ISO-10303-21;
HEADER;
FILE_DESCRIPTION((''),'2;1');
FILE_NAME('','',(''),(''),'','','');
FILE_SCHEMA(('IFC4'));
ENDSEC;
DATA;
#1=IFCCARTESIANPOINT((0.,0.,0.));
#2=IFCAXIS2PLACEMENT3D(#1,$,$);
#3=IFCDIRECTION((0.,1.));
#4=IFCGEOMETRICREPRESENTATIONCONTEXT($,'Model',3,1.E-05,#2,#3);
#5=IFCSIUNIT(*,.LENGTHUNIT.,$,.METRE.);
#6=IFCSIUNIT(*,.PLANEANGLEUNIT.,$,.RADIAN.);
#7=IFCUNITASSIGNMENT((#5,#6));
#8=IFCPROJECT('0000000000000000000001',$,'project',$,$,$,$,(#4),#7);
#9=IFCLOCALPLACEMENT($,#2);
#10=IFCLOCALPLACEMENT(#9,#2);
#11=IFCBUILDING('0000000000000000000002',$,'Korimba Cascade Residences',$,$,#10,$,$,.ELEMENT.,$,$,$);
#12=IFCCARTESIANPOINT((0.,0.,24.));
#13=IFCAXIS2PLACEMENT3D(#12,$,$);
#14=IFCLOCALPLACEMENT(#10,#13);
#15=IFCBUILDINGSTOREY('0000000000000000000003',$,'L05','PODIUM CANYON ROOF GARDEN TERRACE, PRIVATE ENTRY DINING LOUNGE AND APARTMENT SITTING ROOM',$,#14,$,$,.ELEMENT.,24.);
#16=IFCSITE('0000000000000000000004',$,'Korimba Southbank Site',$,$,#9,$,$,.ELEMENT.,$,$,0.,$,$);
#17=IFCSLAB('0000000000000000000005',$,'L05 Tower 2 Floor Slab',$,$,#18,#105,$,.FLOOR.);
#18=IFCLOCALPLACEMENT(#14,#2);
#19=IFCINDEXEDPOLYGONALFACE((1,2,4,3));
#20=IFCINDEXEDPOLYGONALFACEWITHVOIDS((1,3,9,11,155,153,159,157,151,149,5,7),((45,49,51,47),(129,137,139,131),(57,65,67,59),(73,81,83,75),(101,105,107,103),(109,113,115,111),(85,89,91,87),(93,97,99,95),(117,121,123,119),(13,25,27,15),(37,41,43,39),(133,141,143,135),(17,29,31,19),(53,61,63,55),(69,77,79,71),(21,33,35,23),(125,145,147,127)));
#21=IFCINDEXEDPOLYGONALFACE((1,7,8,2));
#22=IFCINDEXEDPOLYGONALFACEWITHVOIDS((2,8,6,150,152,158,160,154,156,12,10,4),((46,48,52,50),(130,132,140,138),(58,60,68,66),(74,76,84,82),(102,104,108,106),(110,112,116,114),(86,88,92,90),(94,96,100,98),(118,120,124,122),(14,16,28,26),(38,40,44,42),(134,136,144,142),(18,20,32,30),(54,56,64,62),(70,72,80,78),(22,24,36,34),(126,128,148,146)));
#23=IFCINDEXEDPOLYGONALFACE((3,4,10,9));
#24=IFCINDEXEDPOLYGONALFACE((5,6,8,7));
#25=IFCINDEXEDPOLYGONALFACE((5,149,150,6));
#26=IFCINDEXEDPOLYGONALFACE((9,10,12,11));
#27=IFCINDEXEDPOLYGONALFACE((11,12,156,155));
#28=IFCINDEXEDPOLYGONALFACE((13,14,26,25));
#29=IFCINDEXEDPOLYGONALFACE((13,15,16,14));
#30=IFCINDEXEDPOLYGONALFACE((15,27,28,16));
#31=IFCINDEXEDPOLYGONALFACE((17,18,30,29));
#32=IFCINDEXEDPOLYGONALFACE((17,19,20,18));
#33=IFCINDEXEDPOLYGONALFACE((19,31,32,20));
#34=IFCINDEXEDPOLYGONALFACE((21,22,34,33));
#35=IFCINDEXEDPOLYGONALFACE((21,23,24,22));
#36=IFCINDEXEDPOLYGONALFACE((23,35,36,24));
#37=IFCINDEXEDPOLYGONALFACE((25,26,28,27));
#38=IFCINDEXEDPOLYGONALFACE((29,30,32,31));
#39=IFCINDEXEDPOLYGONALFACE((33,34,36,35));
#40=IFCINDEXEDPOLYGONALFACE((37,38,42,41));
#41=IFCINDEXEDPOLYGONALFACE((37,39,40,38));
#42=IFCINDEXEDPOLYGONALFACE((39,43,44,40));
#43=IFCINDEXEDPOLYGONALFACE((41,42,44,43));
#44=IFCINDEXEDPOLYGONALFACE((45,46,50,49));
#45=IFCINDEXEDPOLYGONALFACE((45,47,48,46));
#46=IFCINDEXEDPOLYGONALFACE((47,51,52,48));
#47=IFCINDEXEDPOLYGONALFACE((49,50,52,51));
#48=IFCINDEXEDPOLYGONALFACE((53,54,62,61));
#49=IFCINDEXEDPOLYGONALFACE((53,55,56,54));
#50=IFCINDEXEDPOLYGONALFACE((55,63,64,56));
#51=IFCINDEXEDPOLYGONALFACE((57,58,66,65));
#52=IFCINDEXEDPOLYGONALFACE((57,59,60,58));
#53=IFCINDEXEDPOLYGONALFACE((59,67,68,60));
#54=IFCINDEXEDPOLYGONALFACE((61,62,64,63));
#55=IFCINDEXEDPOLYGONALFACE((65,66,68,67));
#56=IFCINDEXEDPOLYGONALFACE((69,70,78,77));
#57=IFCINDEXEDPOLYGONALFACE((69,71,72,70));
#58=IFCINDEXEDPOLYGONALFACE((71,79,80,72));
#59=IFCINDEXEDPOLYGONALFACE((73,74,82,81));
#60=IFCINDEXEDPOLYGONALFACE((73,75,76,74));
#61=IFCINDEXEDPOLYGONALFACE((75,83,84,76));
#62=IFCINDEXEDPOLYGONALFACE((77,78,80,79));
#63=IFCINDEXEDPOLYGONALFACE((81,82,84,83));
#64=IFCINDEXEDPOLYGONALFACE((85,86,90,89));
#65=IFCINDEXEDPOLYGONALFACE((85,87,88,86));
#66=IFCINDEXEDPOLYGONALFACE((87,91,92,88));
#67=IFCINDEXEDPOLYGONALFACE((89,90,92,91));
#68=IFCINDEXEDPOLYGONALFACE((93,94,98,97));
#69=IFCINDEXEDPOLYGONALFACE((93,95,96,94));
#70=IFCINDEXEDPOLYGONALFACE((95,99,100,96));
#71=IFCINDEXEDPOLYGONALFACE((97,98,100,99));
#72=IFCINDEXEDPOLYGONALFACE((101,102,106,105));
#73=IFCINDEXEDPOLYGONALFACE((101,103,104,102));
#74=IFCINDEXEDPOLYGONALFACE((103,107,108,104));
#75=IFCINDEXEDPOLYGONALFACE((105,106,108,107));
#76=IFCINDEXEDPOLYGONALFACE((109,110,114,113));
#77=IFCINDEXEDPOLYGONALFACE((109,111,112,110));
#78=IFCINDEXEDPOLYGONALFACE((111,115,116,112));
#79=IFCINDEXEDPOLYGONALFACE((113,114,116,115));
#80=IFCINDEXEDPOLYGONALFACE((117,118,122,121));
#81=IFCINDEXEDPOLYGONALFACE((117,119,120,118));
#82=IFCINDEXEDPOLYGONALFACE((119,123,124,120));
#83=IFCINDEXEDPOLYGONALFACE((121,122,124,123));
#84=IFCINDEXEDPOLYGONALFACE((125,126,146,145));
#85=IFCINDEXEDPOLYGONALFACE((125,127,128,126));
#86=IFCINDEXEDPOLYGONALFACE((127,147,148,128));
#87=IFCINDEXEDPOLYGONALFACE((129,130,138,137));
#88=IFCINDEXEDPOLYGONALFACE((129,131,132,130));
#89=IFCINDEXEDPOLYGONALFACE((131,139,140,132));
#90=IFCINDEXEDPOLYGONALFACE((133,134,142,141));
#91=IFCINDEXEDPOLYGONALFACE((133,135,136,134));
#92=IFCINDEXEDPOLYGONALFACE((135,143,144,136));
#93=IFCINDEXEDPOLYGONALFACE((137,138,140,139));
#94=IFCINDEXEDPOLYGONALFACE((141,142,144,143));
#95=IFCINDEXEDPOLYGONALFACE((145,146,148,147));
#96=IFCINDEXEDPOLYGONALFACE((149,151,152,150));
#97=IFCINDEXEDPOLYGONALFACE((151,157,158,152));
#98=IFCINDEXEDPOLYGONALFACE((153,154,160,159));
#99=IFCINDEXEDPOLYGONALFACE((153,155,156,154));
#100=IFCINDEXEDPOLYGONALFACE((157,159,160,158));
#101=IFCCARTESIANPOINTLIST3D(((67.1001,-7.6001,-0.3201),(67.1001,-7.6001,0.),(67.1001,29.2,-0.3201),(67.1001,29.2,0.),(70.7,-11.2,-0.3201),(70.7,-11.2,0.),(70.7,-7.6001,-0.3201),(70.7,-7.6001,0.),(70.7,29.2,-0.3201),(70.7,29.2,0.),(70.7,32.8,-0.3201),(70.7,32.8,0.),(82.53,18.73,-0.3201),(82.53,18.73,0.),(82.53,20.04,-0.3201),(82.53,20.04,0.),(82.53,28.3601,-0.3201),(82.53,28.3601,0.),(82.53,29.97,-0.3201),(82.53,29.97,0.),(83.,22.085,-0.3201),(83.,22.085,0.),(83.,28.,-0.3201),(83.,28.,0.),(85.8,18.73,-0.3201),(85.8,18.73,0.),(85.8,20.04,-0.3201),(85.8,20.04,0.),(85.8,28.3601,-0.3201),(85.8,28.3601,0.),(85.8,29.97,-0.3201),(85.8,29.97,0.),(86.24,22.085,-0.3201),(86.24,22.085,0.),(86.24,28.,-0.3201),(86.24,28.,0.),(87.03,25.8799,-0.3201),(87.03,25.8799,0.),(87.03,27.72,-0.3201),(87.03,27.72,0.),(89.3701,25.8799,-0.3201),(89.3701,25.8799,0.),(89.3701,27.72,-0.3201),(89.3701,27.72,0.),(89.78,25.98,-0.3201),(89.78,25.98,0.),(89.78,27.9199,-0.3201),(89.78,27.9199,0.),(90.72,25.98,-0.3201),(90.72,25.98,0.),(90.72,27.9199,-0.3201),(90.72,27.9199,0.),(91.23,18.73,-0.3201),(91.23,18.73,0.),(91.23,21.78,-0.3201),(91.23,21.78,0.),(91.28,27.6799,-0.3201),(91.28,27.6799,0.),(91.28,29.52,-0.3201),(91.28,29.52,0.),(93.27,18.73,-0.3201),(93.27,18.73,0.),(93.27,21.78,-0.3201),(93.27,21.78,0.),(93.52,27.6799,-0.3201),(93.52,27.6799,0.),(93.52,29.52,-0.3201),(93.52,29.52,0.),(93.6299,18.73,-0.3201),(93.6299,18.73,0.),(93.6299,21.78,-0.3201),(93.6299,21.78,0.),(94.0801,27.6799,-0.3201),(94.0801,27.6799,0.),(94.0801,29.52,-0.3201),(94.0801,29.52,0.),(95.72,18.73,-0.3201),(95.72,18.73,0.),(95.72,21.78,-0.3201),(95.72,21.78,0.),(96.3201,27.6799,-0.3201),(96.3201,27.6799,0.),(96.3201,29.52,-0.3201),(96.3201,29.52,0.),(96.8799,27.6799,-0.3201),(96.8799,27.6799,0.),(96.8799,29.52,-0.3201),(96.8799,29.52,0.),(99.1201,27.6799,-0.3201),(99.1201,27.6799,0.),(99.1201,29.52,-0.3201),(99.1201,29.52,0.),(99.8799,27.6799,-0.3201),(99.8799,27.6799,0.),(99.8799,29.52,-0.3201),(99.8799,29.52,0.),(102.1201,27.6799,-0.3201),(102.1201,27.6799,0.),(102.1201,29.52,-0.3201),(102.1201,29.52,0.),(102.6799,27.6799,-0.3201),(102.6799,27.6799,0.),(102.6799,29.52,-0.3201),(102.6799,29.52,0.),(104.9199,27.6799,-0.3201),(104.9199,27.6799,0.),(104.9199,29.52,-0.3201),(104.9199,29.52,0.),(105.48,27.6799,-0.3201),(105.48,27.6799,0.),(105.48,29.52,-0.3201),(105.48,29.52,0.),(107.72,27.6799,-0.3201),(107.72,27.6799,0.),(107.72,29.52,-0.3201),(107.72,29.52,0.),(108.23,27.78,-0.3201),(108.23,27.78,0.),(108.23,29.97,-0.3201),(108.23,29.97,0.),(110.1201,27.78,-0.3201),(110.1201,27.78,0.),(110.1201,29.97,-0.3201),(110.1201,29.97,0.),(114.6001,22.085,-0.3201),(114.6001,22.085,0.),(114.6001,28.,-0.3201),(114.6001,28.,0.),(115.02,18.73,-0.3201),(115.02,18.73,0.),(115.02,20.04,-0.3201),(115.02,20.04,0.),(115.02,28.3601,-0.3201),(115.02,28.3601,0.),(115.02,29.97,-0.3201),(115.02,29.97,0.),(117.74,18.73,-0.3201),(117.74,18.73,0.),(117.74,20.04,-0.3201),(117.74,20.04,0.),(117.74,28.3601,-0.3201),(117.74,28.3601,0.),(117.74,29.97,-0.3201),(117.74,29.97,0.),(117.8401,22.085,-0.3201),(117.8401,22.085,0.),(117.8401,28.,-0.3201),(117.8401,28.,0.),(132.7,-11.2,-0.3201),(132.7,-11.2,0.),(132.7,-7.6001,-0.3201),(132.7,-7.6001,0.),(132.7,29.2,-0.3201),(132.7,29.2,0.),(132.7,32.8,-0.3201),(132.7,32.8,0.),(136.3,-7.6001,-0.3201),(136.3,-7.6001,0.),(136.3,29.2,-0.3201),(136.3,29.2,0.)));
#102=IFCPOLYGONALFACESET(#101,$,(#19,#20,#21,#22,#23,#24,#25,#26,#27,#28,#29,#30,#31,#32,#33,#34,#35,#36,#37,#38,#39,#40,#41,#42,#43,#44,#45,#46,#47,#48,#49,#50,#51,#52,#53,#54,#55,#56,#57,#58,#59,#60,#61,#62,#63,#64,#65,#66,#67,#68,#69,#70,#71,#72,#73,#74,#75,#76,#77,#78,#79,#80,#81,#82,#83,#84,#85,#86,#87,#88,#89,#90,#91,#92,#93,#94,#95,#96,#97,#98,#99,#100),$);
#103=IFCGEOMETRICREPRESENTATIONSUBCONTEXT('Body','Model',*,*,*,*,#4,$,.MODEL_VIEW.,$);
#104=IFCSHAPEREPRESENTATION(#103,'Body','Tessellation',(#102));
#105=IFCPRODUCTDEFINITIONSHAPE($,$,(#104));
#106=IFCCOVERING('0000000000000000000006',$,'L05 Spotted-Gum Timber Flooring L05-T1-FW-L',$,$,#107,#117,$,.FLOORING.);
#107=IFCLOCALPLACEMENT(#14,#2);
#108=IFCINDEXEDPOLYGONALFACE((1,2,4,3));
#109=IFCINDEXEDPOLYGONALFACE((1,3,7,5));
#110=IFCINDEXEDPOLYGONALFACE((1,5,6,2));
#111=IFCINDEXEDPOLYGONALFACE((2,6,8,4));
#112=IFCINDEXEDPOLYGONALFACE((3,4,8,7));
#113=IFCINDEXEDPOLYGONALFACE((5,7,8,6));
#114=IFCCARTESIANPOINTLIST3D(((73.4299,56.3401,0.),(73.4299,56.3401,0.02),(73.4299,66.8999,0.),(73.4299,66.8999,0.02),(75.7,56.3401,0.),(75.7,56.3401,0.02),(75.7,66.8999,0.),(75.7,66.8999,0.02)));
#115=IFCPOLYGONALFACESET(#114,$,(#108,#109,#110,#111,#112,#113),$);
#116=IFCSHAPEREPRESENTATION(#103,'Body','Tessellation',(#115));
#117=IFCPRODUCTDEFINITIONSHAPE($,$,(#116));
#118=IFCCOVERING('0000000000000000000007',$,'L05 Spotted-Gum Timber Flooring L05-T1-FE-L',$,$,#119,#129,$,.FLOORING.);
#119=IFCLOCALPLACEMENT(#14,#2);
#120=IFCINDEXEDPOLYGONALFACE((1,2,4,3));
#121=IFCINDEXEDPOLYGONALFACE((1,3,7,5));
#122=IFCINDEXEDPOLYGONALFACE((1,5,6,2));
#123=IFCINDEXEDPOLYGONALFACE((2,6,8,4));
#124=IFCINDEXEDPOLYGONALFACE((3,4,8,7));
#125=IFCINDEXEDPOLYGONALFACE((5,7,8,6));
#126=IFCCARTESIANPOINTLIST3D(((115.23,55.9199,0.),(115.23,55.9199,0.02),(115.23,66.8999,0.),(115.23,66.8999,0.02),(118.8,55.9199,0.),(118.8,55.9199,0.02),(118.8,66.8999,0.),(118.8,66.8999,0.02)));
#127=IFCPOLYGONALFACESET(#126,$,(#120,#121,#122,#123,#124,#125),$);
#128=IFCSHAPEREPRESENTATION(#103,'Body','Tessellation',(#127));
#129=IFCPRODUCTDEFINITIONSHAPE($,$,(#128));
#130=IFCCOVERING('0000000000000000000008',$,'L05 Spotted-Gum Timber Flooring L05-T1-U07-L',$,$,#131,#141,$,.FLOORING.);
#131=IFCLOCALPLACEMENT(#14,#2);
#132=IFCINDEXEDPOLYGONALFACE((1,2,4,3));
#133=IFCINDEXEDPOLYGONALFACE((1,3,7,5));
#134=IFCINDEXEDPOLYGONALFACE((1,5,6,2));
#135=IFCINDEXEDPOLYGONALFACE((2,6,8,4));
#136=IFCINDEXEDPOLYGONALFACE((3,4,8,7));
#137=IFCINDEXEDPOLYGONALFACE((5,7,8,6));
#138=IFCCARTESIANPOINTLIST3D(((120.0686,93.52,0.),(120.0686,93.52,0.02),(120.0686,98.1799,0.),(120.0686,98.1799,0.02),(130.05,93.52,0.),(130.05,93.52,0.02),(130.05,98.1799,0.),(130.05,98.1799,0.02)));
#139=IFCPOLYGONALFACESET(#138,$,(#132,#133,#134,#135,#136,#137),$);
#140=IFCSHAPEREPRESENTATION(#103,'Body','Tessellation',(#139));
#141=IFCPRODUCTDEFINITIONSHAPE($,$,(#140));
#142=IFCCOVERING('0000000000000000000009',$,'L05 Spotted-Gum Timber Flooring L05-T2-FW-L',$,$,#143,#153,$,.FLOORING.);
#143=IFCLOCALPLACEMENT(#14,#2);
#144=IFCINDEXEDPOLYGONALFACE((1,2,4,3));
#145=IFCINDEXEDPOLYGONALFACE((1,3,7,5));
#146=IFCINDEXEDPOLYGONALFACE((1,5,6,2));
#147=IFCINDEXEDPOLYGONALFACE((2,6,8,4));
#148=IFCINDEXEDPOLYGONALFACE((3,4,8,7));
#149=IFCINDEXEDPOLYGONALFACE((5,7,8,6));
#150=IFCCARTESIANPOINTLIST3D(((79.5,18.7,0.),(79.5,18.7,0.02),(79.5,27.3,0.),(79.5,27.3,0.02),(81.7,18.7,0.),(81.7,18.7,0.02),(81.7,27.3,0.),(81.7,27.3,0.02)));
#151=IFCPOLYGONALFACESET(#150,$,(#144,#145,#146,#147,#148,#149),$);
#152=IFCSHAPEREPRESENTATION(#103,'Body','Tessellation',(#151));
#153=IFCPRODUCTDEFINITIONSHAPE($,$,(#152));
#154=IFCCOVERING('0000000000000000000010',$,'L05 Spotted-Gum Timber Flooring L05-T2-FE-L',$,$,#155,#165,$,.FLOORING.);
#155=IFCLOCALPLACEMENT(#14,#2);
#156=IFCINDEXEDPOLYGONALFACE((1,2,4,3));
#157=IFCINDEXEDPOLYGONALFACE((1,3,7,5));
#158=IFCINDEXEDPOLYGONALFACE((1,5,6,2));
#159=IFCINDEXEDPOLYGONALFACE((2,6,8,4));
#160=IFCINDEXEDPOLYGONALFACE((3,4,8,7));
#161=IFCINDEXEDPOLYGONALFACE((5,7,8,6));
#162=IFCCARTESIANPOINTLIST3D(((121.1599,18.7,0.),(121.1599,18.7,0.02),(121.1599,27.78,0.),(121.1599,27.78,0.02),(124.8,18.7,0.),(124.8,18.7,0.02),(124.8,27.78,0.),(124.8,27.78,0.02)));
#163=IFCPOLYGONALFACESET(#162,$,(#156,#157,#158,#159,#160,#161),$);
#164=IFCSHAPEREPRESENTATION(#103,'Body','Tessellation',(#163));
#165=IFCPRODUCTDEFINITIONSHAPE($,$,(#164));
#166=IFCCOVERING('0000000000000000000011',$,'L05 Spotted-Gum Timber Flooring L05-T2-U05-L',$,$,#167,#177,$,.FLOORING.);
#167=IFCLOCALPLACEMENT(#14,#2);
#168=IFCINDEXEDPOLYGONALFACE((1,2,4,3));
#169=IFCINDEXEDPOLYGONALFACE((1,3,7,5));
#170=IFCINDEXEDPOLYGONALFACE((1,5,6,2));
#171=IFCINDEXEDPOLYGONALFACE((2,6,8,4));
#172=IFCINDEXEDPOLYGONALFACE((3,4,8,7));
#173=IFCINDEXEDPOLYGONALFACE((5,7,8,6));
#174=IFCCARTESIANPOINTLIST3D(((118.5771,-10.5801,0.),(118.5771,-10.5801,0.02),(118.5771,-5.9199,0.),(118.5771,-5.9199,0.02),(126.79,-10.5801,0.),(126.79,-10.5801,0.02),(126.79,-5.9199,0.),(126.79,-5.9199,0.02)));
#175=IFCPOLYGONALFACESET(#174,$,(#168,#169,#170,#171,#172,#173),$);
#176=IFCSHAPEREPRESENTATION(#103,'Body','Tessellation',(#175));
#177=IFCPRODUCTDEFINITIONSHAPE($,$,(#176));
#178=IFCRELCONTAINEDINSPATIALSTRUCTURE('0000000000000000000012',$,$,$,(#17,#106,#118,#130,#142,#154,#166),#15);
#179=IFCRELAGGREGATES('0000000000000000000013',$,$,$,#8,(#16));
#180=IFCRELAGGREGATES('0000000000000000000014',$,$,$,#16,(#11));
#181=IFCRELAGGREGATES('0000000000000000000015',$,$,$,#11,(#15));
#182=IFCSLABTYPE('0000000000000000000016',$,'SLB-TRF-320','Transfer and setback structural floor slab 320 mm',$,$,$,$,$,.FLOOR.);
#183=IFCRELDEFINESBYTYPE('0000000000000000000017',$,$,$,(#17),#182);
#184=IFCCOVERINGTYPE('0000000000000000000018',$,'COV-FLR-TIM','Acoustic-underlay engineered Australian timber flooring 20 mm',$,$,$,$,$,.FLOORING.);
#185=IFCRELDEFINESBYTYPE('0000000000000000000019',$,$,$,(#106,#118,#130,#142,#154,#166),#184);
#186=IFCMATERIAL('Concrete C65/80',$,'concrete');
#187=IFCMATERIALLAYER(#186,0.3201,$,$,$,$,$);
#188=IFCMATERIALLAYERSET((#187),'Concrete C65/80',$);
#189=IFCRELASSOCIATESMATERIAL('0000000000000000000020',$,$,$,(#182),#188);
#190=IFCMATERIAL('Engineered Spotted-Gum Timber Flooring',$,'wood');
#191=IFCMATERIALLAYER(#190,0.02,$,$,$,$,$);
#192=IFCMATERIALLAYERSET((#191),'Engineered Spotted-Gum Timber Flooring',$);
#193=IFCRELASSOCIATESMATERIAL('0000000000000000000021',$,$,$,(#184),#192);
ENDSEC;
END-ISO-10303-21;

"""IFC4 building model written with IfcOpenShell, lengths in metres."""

from ifc_helpers import new_model, si_unit, direction, frame, origin, place, context, subcontext, project, spatial, polyline, outline, extrude, material, layer, layer_set, type_object, element, save


model = new_model("IFC4")

# Units and contexts
model_context = context("Model", 3, precision=1e-05, world=origin(), true_north=direction((0.0, 1.0)))
body_context = subcontext(model_context, "Body", "Model", "MODEL_VIEW")
ifc_project = project(units=[si_unit("LENGTHUNIT", "METRE"), si_unit("PLANEANGLEUNIT", "RADIAN")], contexts=[model_context])

# Site, building, storey
site_placement = place(None, origin())
site = spatial("IfcSite", under=ifc_project, at=site_placement, Name="Korimba Southbank Site", CompositionType="ELEMENT", RefElevation=0.0)
building_placement = place(site_placement, origin())
building = spatial("IfcBuilding", under=site, at=building_placement, Name="Korimba Cascade Residences", CompositionType="ELEMENT")
storey_placement = place(building_placement, frame((0.0, 0.0, 24.0)))
storey = spatial("IfcBuildingStorey", under=building, at=storey_placement, Name="L05", Description="PODIUM CANYON ROOF GARDEN TERRACE, PRIVATE ENTRY DINING LOUNGE AND APARTMENT SITTING ROOM", CompositionType="ELEMENT", Elevation=24.0)

# Slab
ifc_material_1 = material(Name="Concrete C65/80", Category="concrete")
ifc_layer_1 = layer(ifc_material_1, 0.3201)
ifc_layer_set_1 = layer_set([ifc_layer_1], Name="Concrete C65/80")
slab_type_1 = type_object("IfcSlabType", Name="SLB-TRF-320", Description="Transfer and setback structural floor slab 320 mm", PredefinedType="FLOOR", material=ifc_layer_set_1)
slab_1_placement = place(storey_placement, frame((0.0, 0.0, -0.3201)))
element("IfcSlab", 1, at=slab_1_placement, inside=storey, type_object=slab_type_1, Name="L05 Tower 2 Floor Slab", PredefinedType="FLOOR", context=body_context, shape_type="SweptSolid", body=[
    extrude(outline(polyline([(70.7, -11.2), (132.7, -11.2), (132.7, -7.6001), (136.3, -7.6001), (136.3, 29.2), (132.7, 29.2), (132.7, 32.8), (70.7, 32.8), (70.7, 29.2), (67.1001, 29.2), (67.1001, -7.6001), (70.7, -7.6001), (70.7, -11.2)]), holes=[polyline([(86.24, 22.085), (86.24, 28.0), (83.0, 28.0), (83.0, 22.085), (86.24, 22.085)]), polyline([(117.8401, 22.085), (117.8401, 28.0), (114.6001, 28.0), (114.6001, 22.085), (117.8401, 22.085)]), polyline([(87.03, 25.8799), (89.3701, 25.8799), (89.3701, 27.72), (87.03, 27.72), (87.03, 25.8799)]), polyline([(91.28, 27.6799), (93.52, 27.6799), (93.52, 29.52), (91.28, 29.52), (91.28, 27.6799)]), polyline([(94.0801, 27.6799), (96.3201, 27.6799), (96.3201, 29.52), (94.0801, 29.52), (94.0801, 27.6799)]), polyline([(96.8799, 27.6799), (99.1201, 27.6799), (99.1201, 29.52), (96.8799, 29.52), (96.8799, 27.6799)]), polyline([(99.8799, 27.6799), (102.1201, 27.6799), (102.1201, 29.52), (99.8799, 29.52), (99.8799, 27.6799)]), polyline([(102.6799, 27.6799), (104.9199, 27.6799), (104.9199, 29.52), (102.6799, 29.52), (102.6799, 27.6799)]), polyline([(105.48, 27.6799), (107.72, 27.6799), (107.72, 29.52), (105.48, 29.52), (105.48, 27.6799)]), polyline([(89.78, 25.98), (90.72, 25.98), (90.72, 27.9199), (89.78, 27.9199), (89.78, 25.98)]), polyline([(82.53, 18.73), (85.8, 18.73), (85.8, 20.04), (82.53, 20.04), (82.53, 18.73)]), polyline([(82.53, 28.3601), (85.8, 28.3601), (85.8, 29.97), (82.53, 29.97), (82.53, 28.3601)]), polyline([(108.23, 27.78), (110.1201, 27.78), (110.1201, 29.97), (108.23, 29.97), (108.23, 27.78)]), polyline([(91.23, 18.73), (93.27, 18.73), (93.27, 21.78), (91.23, 21.78), (91.23, 18.73)]), polyline([(93.6299, 18.73), (95.72, 18.73), (95.72, 21.78), (93.6299, 21.78), (93.6299, 18.73)]), polyline([(115.02, 18.73), (117.74, 18.73), (117.74, 20.04), (115.02, 20.04), (115.02, 18.73)]), polyline([(115.02, 28.3601), (117.74, 28.3601), (117.74, 29.97), (115.02, 29.97), (115.02, 28.3601)])]), origin(), (0.0, 0.0, 1.0), 0.3201),
])

# Coverings
ifc_material_2 = material(Name="Engineered Spotted-Gum Timber Flooring", Category="wood")
ifc_layer_2 = layer(ifc_material_2, 0.02)
ifc_layer_set_2 = layer_set([ifc_layer_2], Name="Engineered Spotted-Gum Timber Flooring")
covering_type = type_object("IfcCoveringType", Name="COV-FLR-TIM", Description="Acoustic-underlay engineered Australian timber flooring 20 mm", PredefinedType="FLOORING", material=ifc_layer_set_2)
covering_1_placement = place(storey_placement, origin())
element("IfcCovering", 2, at=covering_1_placement, inside=storey, type_object=covering_type, Name="L05 Spotted-Gum Timber Flooring L05-T1-FW-L", PredefinedType="FLOORING", context=body_context, shape_type="SweptSolid", body=[
    extrude(outline(polyline([(73.4299, 56.3401), (75.7, 56.3401), (75.7, 66.8999), (73.4299, 66.8999), (73.4299, 56.3401)])), origin(), (0.0, 0.0, 1.0), 0.02),
])
covering_2_placement = place(storey_placement, origin())
element("IfcCovering", 3, at=covering_2_placement, inside=storey, type_object=covering_type, Name="L05 Spotted-Gum Timber Flooring L05-T1-FE-L", PredefinedType="FLOORING", context=body_context, shape_type="SweptSolid", body=[
    extrude(outline(polyline([(115.23, 55.9199), (118.8, 55.9199), (118.8, 66.8999), (115.23, 66.8999), (115.23, 55.9199)])), origin(), (0.0, 0.0, 1.0), 0.02),
])
covering_3_placement = place(storey_placement, origin())
element("IfcCovering", 4, at=covering_3_placement, inside=storey, type_object=covering_type, Name="L05 Spotted-Gum Timber Flooring L05-T1-U07-L", PredefinedType="FLOORING", context=body_context, shape_type="SweptSolid", body=[
    extrude(outline(polyline([(120.0686, 93.52), (130.05, 93.52), (130.05, 98.1799), (120.0686, 98.1799), (120.0686, 93.52)])), origin(), (0.0, 0.0, 1.0), 0.02),
])
covering_4_placement = place(storey_placement, origin())
element("IfcCovering", 5, at=covering_4_placement, inside=storey, type_object=covering_type, Name="L05 Spotted-Gum Timber Flooring L05-T2-FW-L", PredefinedType="FLOORING", context=body_context, shape_type="SweptSolid", body=[
    extrude(outline(polyline([(79.5, 18.7), (81.7, 18.7), (81.7, 27.3), (79.5, 27.3), (79.5, 18.7)])), origin(), (0.0, 0.0, 1.0), 0.02),
])
covering_5_placement = place(storey_placement, origin())
element("IfcCovering", 6, at=covering_5_placement, inside=storey, type_object=covering_type, Name="L05 Spotted-Gum Timber Flooring L05-T2-FE-L", PredefinedType="FLOORING", context=body_context, shape_type="SweptSolid", body=[
    extrude(outline(polyline([(121.1599, 18.7), (124.8, 18.7), (124.8, 27.78), (121.1599, 27.78), (121.1599, 18.7)])), origin(), (0.0, 0.0, 1.0), 0.02),
])
covering_6_placement = place(storey_placement, origin())
element("IfcCovering", 7, at=covering_6_placement, inside=storey, type_object=covering_type, Name="L05 Spotted-Gum Timber Flooring L05-T2-U05-L", PredefinedType="FLOORING", context=body_context, shape_type="SweptSolid", body=[
    extrude(outline(polyline([(118.5771, -10.5801), (126.79, -10.5801), (126.79, -5.9199), (118.5771, -5.9199), (118.5771, -10.5801)])), origin(), (0.0, 0.0, 1.0), 0.02),
])

save(model, "model.ifc")
